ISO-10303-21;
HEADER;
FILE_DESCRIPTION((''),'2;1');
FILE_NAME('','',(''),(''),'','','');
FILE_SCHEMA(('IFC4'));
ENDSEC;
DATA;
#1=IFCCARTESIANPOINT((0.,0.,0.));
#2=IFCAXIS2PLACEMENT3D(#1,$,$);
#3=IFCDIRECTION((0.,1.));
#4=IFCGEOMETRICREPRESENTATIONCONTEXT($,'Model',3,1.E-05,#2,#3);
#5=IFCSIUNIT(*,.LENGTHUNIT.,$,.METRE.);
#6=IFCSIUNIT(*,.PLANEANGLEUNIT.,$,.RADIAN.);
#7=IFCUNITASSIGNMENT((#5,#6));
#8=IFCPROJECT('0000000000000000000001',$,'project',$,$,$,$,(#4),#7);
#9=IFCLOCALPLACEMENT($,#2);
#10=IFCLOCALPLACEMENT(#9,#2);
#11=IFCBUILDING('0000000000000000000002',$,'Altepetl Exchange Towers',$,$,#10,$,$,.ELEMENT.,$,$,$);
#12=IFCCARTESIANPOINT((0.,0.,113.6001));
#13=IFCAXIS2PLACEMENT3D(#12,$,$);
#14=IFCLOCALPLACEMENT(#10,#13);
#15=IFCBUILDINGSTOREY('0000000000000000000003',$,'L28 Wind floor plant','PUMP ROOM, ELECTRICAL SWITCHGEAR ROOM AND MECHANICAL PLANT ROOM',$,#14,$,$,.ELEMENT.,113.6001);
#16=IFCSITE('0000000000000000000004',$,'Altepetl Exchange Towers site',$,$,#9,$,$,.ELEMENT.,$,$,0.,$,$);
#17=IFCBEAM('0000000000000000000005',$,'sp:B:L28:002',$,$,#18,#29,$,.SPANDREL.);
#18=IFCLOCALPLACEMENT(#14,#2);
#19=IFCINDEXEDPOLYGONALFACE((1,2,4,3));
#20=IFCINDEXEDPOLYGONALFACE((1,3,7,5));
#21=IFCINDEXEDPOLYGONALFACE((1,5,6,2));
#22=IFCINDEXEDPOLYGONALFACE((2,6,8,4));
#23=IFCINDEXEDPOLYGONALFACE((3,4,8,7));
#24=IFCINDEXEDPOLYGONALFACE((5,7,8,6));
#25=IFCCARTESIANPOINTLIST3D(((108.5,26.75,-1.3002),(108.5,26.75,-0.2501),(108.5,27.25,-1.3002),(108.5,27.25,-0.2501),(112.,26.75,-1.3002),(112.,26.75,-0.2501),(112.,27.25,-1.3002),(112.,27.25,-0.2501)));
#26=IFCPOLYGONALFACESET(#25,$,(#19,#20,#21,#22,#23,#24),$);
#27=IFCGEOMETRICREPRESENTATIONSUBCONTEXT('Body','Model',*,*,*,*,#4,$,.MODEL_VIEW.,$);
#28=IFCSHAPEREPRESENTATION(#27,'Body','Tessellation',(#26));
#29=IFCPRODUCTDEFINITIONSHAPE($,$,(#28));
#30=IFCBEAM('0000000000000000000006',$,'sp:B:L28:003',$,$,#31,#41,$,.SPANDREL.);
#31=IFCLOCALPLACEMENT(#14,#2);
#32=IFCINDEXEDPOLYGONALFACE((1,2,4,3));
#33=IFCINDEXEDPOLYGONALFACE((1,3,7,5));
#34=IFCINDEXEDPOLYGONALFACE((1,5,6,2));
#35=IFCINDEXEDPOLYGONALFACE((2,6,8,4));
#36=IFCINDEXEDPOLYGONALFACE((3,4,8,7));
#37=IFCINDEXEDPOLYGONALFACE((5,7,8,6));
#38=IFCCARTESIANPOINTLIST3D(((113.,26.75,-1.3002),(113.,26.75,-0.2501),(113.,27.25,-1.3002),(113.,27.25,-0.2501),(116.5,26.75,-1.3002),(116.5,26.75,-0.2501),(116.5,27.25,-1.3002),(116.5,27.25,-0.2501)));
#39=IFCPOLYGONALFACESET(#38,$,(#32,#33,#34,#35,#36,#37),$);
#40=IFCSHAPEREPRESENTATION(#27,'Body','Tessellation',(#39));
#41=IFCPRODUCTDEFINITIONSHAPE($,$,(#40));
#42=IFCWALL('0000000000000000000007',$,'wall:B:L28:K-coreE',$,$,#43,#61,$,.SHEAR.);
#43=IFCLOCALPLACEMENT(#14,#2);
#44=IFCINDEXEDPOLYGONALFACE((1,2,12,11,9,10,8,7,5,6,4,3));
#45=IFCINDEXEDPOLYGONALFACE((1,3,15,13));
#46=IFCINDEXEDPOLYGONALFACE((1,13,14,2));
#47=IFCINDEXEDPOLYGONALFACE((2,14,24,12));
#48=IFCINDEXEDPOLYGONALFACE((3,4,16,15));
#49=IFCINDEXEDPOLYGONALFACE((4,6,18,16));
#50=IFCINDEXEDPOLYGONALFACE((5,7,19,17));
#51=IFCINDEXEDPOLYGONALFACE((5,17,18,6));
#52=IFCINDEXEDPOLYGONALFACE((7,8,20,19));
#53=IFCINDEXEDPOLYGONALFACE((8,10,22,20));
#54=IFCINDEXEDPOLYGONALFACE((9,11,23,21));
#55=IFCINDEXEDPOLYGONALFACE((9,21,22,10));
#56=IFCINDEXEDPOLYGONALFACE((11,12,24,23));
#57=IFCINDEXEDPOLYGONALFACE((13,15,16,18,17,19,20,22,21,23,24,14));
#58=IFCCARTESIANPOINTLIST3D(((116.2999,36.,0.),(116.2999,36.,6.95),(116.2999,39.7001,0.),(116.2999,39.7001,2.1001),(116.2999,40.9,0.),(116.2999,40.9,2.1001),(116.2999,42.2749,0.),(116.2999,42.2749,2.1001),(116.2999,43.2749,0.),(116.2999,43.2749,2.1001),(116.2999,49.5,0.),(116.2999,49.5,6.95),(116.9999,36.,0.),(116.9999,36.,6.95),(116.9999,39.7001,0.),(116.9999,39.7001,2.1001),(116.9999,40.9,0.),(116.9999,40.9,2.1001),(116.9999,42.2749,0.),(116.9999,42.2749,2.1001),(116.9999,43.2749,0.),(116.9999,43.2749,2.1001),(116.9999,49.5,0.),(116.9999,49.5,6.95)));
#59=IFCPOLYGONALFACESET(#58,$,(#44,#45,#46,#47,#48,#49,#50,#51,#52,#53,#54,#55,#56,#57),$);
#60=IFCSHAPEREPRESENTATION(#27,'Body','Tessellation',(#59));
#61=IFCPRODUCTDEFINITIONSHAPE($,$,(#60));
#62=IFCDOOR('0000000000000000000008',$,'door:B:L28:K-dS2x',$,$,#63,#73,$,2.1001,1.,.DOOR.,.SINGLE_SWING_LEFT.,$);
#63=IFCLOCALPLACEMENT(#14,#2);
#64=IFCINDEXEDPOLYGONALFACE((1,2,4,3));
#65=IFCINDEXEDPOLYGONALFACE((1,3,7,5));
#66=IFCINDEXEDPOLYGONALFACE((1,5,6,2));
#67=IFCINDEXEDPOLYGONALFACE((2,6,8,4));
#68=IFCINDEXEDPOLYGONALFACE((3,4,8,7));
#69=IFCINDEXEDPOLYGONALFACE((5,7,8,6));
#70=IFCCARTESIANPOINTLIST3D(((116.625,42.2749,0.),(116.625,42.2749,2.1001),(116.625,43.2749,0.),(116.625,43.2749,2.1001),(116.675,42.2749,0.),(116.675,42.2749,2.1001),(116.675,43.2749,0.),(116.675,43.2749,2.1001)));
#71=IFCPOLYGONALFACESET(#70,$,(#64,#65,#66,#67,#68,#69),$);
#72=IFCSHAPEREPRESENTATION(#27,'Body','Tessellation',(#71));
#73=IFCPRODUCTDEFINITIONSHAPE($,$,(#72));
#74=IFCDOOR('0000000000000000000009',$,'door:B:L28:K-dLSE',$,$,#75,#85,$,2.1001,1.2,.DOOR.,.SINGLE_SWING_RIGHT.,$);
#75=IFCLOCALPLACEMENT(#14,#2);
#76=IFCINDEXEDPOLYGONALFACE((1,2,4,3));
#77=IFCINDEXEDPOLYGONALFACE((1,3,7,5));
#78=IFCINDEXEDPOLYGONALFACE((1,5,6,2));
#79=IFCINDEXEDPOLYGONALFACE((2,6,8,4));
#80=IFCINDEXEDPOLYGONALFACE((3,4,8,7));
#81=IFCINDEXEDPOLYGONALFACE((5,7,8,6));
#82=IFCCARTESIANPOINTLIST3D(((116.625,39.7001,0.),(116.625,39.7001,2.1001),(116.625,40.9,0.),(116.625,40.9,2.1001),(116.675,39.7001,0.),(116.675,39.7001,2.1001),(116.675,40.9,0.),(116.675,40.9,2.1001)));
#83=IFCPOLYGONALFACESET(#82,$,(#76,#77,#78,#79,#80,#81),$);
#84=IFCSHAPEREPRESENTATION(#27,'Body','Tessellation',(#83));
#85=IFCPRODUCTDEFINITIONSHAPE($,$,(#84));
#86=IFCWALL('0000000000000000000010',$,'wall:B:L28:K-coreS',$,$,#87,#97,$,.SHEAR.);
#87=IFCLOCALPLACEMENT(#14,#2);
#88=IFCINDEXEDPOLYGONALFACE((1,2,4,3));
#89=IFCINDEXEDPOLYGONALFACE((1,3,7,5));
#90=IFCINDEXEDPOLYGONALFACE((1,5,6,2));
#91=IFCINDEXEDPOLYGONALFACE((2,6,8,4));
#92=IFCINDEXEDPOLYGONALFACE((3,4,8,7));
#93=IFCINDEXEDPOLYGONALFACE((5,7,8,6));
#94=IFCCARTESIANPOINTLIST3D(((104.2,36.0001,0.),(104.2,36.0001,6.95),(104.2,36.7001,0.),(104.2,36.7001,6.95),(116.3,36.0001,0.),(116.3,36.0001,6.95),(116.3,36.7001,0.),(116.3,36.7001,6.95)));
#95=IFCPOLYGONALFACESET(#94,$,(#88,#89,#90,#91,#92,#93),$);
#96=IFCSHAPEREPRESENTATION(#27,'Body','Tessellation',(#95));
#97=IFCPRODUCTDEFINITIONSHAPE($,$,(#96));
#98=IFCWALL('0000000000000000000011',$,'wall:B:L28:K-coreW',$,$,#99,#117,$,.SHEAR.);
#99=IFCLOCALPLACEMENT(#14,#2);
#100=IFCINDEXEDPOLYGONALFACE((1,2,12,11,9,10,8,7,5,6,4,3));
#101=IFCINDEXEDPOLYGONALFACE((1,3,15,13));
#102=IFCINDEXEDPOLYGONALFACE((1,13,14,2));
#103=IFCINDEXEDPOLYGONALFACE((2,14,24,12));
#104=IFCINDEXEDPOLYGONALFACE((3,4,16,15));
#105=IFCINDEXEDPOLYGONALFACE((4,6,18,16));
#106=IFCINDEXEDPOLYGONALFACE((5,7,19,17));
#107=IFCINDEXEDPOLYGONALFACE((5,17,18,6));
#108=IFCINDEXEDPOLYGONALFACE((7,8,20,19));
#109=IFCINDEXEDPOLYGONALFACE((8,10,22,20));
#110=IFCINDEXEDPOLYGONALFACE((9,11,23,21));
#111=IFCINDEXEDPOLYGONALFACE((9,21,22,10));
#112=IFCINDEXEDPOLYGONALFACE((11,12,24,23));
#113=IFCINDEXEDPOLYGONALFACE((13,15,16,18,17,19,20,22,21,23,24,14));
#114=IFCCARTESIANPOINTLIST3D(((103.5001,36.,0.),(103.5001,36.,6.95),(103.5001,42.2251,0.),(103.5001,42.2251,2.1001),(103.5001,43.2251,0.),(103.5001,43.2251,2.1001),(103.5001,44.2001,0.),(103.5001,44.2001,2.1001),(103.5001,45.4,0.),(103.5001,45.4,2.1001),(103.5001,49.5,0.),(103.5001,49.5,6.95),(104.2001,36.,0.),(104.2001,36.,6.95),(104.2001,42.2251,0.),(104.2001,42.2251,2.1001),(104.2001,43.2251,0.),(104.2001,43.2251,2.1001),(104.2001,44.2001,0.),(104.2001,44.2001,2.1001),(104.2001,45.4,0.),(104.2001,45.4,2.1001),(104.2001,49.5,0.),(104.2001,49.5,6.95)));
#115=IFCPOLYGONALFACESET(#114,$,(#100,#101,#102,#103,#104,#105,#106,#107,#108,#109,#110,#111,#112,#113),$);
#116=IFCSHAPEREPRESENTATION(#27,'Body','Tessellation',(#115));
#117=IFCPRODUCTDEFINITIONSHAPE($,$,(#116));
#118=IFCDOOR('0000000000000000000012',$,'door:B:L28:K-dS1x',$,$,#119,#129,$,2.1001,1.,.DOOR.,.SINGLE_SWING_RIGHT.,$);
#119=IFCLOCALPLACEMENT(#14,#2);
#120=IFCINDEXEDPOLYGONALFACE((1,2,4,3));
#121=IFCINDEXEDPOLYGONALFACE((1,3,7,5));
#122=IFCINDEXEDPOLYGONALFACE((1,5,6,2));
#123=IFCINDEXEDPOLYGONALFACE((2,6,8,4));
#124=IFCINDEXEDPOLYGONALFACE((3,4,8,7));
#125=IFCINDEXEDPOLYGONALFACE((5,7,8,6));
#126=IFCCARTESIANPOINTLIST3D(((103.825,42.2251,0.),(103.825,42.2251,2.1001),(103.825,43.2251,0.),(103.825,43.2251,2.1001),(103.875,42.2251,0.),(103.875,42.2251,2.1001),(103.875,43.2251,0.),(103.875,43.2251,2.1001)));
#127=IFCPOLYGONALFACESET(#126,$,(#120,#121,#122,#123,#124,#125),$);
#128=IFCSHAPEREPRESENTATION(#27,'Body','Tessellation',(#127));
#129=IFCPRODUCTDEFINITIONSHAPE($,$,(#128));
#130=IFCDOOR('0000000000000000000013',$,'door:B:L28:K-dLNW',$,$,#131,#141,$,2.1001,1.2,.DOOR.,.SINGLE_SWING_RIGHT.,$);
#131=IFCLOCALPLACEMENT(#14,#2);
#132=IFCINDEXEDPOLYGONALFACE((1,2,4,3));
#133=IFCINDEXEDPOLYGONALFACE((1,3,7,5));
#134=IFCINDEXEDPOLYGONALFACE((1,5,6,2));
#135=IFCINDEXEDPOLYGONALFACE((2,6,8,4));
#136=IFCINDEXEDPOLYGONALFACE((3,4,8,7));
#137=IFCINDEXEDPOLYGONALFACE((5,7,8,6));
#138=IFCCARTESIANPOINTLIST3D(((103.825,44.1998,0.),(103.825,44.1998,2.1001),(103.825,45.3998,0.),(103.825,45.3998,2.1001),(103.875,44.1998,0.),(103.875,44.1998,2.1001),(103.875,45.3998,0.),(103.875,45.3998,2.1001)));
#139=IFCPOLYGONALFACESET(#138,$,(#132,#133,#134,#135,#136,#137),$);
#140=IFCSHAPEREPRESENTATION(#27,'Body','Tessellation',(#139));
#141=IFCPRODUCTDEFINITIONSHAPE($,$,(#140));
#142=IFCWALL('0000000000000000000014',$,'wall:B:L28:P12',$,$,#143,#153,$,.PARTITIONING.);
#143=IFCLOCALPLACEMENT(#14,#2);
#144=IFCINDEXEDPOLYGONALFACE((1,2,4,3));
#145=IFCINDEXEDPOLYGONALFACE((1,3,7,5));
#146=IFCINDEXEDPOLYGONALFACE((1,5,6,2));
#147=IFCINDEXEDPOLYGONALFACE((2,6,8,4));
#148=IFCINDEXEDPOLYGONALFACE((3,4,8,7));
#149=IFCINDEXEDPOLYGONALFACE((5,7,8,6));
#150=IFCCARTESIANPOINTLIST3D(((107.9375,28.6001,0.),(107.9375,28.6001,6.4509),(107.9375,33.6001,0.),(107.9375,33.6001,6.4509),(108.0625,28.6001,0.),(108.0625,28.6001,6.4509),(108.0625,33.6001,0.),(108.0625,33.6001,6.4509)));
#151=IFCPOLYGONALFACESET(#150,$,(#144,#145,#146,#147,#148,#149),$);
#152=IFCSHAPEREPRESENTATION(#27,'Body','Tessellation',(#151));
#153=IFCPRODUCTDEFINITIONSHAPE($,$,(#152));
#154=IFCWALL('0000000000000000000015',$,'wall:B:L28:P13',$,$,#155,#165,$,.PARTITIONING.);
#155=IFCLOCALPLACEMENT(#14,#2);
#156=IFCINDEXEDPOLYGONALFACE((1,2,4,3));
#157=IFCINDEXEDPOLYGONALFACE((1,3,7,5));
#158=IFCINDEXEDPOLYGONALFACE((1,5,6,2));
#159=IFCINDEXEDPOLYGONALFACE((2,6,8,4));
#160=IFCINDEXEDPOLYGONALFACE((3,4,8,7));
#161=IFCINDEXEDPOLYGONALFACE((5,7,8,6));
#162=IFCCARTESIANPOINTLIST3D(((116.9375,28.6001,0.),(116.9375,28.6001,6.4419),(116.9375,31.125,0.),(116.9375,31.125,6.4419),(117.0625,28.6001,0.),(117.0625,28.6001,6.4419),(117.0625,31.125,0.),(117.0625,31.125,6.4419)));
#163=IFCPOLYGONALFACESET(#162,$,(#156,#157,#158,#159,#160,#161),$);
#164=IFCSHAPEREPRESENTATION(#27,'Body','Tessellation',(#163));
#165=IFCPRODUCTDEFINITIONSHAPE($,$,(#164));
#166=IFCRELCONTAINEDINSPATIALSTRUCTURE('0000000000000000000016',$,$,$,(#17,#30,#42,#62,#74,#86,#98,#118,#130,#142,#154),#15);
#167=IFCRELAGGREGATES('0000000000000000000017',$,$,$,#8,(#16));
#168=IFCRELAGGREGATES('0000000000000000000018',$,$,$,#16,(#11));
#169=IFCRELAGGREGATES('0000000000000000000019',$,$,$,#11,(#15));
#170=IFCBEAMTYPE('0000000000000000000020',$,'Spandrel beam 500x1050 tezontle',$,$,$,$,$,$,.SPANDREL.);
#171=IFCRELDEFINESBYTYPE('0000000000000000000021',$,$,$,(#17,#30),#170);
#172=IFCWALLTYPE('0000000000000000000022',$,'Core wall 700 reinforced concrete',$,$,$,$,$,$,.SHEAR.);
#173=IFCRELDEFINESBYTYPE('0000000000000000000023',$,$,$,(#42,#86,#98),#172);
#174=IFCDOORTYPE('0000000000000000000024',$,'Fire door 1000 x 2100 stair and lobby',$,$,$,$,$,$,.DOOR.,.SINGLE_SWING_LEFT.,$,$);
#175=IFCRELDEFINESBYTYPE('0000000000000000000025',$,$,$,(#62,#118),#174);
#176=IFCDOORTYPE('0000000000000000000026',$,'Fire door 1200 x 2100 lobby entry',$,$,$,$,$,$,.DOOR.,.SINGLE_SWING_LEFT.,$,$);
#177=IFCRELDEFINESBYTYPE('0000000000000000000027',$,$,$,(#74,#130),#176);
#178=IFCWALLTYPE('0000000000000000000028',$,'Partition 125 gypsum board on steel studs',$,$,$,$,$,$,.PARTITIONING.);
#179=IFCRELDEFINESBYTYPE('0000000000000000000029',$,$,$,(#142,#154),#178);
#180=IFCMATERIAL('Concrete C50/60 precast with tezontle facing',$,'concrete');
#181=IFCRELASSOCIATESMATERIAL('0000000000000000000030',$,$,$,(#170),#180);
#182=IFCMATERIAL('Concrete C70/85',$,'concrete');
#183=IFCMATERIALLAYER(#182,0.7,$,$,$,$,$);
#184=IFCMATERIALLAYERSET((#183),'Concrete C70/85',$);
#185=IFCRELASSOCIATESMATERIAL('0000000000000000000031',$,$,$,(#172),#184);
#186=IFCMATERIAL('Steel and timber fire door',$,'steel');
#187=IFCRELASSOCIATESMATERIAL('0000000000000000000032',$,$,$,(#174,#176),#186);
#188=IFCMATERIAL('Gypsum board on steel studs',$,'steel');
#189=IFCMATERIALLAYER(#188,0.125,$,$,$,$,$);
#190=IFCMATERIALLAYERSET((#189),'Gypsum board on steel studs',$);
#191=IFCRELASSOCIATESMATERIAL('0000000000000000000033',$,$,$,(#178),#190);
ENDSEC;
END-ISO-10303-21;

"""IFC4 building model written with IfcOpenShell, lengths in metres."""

from ifc_helpers import new_model, si_unit, direction, frame, frame_2d, origin, origin_2d, place, context, subcontext, project, spatial, rectangle, extrude, material, layer, layer_set, material_profile, profile_set, type_object, element, fill, save


model = new_model("IFC4")

# Units and contexts
model_context = context("Model", 3, precision=1e-05, world=origin(), true_north=direction((0.0, 1.0)))
body_context = subcontext(model_context, "Body", "Model", "MODEL_VIEW")
ifc_project = project(units=[si_unit("LENGTHUNIT", "METRE"), si_unit("PLANEANGLEUNIT", "RADIAN")], contexts=[model_context])

# Site, building, storey
site_placement = place(None, origin())
site = spatial("IfcSite", under=ifc_project, at=site_placement, Name="Altepetl Exchange Towers site", CompositionType="ELEMENT", RefElevation=0.0)
building_placement = place(site_placement, origin())
building = spatial("IfcBuilding", under=site, at=building_placement, Name="Altepetl Exchange Towers", CompositionType="ELEMENT")
storey_placement = place(building_placement, frame((0.0, 0.0, 113.6001)))
storey = spatial("IfcBuildingStorey", under=building, at=storey_placement, Name="L28 Wind floor plant", Description="PUMP ROOM, ELECTRICAL SWITCHGEAR ROOM AND MECHANICAL PLANT ROOM", CompositionType="ELEMENT", Elevation=113.6001)

# Shared definitions
ifc_material_1 = material(Name="Concrete C70/85", Category="concrete")

# Beams
ifc_material_2 = material(Name="Concrete C50/60 precast with tezontle facing", Category="concrete")
ifc_material_profile_1 = material_profile(ifc_material_2, rectangle(XDim=0.5, YDim=1.05, at=origin_2d()), Name="500 x 1050")
ifc_profile_set_1 = profile_set([ifc_material_profile_1], Name="Concrete C50/60 precast with tezontle facing")
beam_type_1 = type_object("IfcBeamType", Name="Spandrel beam 500x1050 tezontle", PredefinedType="SPANDREL", material=ifc_profile_set_1)
for number, where, z_axis, x_axis, name in (
    (1, (108.5, 27.0, -0.7751), (1.0, 0.0, 0.0), (0.0, 1.0, 0.0), "sp:B:L28:002"),
    (2, (113.0, 27.0, -0.7751), (1.0, 0.0, 0.0), (0.0, 1.0, 0.0), "sp:B:L28:003"),
):
    element("IfcBeam", number, at=place(storey_placement, frame(where, z_axis=z_axis, x_axis=x_axis)), inside=storey, type_object=beam_type_1, Name=name, PredefinedType="SPANDREL", context=body_context, shape_type="SweptSolid", body=[
        extrude(rectangle(XDim=0.5, YDim=1.05, at=origin_2d()), origin(), (0.0, 0.0, 1.0), 3.5),
    ])

# Wall, openings, doors
ifc_layer_1 = layer(ifc_material_1, 0.7)
ifc_layer_set_1 = layer_set([ifc_layer_1], Name="Concrete C70/85")
wall_type_1 = type_object("IfcWallType", Name="Core wall 700 reinforced concrete", PredefinedType="SHEAR", material=ifc_layer_set_1)
wall_1_placement = place(storey_placement, frame((116.6499, 36.0, 0.0), z_axis=(0.0, 0.0, 1.0), x_axis=(0.0, 1.0, 0.0)))
wall_1 = element("IfcWall", 3, at=wall_1_placement, inside=storey, type_object=wall_type_1, Name="wall:B:L28:K-coreE", PredefinedType="SHEAR", context=body_context, shape_type="SweptSolid", body=[
    extrude(rectangle(XDim=13.5, YDim=0.7, at=frame_2d((6.75, 0.0))), origin(), (0.0, 0.0, 1.0), 6.95),
])
opening_1_placement = place(wall_1_placement, frame((3.7, 0.0, 0.0)))
opening_1 = element("IfcOpeningElement", 4, at=opening_1_placement, cuts=wall_1, PredefinedType="OPENING", context=body_context, shape_type="SweptSolid", body=[
    extrude(rectangle(XDim=1.2, YDim=2.1001, at=frame_2d((0.6001, 1.05))), frame((0.0, 0.3599, 0.0), z_axis=(0.0, -1.0, 0.0), x_axis=(1.0, 0.0, 0.0)), (0.0, 0.0, 1.0), 0.72),
])
opening_2_placement = place(wall_1_placement, frame((6.2749, 0.0, 0.0)))
opening_2 = element("IfcOpeningElement", 5, at=opening_2_placement, cuts=wall_1, PredefinedType="OPENING", context=body_context, shape_type="SweptSolid", body=[
    extrude(rectangle(XDim=1.0, YDim=2.1001, at=frame_2d((0.5, 1.05))), frame((0.0, 0.3599, 0.0), z_axis=(0.0, -1.0, 0.0), x_axis=(1.0, 0.0, 0.0)), (0.0, 0.0, 1.0), 0.72),
])
ifc_material_3 = material(Name="Steel and timber fire door", Category="steel")
door_type_1 = type_object("IfcDoorType", Name="Fire door 1000 x 2100 stair and lobby", OperationType="SINGLE_SWING_LEFT", PredefinedType="DOOR", material=ifc_material_3)
door_1_placement = place(opening_2_placement, origin())
door_1 = element("IfcDoor", 6, at=door_1_placement, inside=storey, type_object=door_type_1, Name="door:B:L28:K-dS2x", OperationType="SINGLE_SWING_LEFT", OverallHeight=2.1001, OverallWidth=1.0, PredefinedType="DOOR", context=body_context, shape_type="SweptSolid", body=[
    extrude(rectangle(XDim=1.0, YDim=2.1001, at=frame_2d((0.5, 1.05))), frame((0.0, 0.0249, 0.0), z_axis=(0.0, -1.0, 0.0), x_axis=(1.0, 0.0, 0.0)), (0.0, 0.0, 1.0), 0.05),
])
fill(opening_2, door_1)
door_type_2 = type_object("IfcDoorType", Name="Fire door 1200 x 2100 lobby entry", OperationType="SINGLE_SWING_LEFT", PredefinedType="DOOR", material=ifc_material_3)
door_2_placement = place(opening_1_placement, origin())
door_2 = element("IfcDoor", 7, at=door_2_placement, inside=storey, type_object=door_type_2, Name="door:B:L28:K-dLSE", OperationType="SINGLE_SWING_RIGHT", OverallHeight=2.1001, OverallWidth=1.2, PredefinedType="DOOR", context=body_context, shape_type="SweptSolid", body=[
    extrude(rectangle(XDim=1.2, YDim=2.1001, at=frame_2d((0.6001, 1.05))), frame((0.0, 0.0249, 0.0), z_axis=(0.0, -1.0, 0.0), x_axis=(1.0, 0.0, 0.0)), (0.0, 0.0, 1.0), 0.05),
])
fill(opening_1, door_2)

# Wall
wall_2_placement = place(storey_placement, frame((104.2, 36.3501, 0.0)))
element("IfcWall", 8, at=wall_2_placement, inside=storey, type_object=wall_type_1, Name="wall:B:L28:K-coreS", PredefinedType="SHEAR", context=body_context, shape_type="SweptSolid", body=[
    extrude(rectangle(XDim=12.1001, YDim=0.7, at=frame_2d((6.05, 0.0))), origin(), (0.0, 0.0, 1.0), 6.95),
])

# Wall, openings, doors
wall_3_placement = place(storey_placement, frame((103.8501, 36.0, 0.0), z_axis=(0.0, 0.0, 1.0), x_axis=(0.0, 1.0, 0.0)))
wall_3 = element("IfcWall", 9, at=wall_3_placement, inside=storey, type_object=wall_type_1, Name="wall:B:L28:K-coreW", PredefinedType="SHEAR", context=body_context, shape_type="SweptSolid", body=[
    extrude(rectangle(XDim=13.5, YDim=0.7, at=frame_2d((6.75, 0.0))), origin(), (0.0, 0.0, 1.0), 6.95),
])
opening_3_placement = place(wall_3_placement, frame((8.2, 0.0, 0.0)))
opening_3 = element("IfcOpeningElement", 10, at=opening_3_placement, cuts=wall_3, PredefinedType="OPENING", context=body_context, shape_type="SweptSolid", body=[
    extrude(rectangle(XDim=1.2, YDim=2.1001, at=frame_2d((0.6001, 1.05))), frame((0.0, 0.3599, 0.0), z_axis=(0.0, -1.0, 0.0), x_axis=(1.0, 0.0, 0.0)), (0.0, 0.0, 1.0), 0.72),
])
opening_4_placement = place(wall_3_placement, frame((6.2251, 0.0, 0.0)))
opening_4 = element("IfcOpeningElement", 11, at=opening_4_placement, cuts=wall_3, PredefinedType="OPENING", context=body_context, shape_type="SweptSolid", body=[
    extrude(rectangle(XDim=1.0, YDim=2.1001, at=frame_2d((0.5, 1.05))), frame((0.0, 0.3599, 0.0), z_axis=(0.0, -1.0, 0.0), x_axis=(1.0, 0.0, 0.0)), (0.0, 0.0, 1.0), 0.72),
])
door_3_placement = place(opening_4_placement, frame((1.0, 0.0, 0.0), x_axis=(-1.0, 0.0, 0.0)))
door_3 = element("IfcDoor", 12, at=door_3_placement, inside=storey, type_object=door_type_1, Name="door:B:L28:K-dS1x", OperationType="SINGLE_SWING_RIGHT", OverallHeight=2.1001, OverallWidth=1.0, PredefinedType="DOOR", context=body_context, shape_type="SweptSolid", body=[
    extrude(rectangle(XDim=1.0, YDim=2.1001, at=frame_2d((0.5, 1.05))), frame((0.0, 0.0249, 0.0), z_axis=(0.0, -1.0, 0.0), x_axis=(1.0, 0.0, 0.0)), (0.0, 0.0, 1.0), 0.05),
])
fill(opening_4, door_3)
door_4_placement = place(opening_3_placement, frame((1.2, 0.0, 0.0), x_axis=(-1.0, 0.0, 0.0)))
door_4 = element("IfcDoor", 13, at=door_4_placement, inside=storey, type_object=door_type_2, Name="door:B:L28:K-dLNW", OperationType="SINGLE_SWING_RIGHT", OverallHeight=2.1001, OverallWidth=1.2, PredefinedType="DOOR", context=body_context, shape_type="SweptSolid", body=[
    extrude(rectangle(XDim=1.2, YDim=2.1001, at=frame_2d((0.6001, 1.05))), frame((0.0, 0.0249, 0.0), z_axis=(0.0, -1.0, 0.0), x_axis=(1.0, 0.0, 0.0)), (0.0, 0.0, 1.0), 0.05),
])
fill(opening_3, door_4)

# Walls
ifc_material_4 = material(Name="Gypsum board on steel studs", Category="steel")
ifc_layer_2 = layer(ifc_material_4, 0.125)
ifc_layer_set_2 = layer_set([ifc_layer_2], Name="Gypsum board on steel studs")
wall_type_2 = type_object("IfcWallType", Name="Partition 125 gypsum board on steel studs", PredefinedType="PARTITIONING", material=ifc_layer_set_2)
wall_4_placement = place(storey_placement, frame((108.0, 28.6001, 0.0), z_axis=(0.0, 0.0, 1.0), x_axis=(0.0, 1.0, 0.0)))
element("IfcWall", 14, at=wall_4_placement, inside=storey, type_object=wall_type_2, Name="wall:B:L28:P12", PredefinedType="PARTITIONING", context=body_context, shape_type="SweptSolid", body=[
    extrude(rectangle(XDim=5.0, YDim=0.125, at=frame_2d((2.5, 0.0))), origin(), (0.0, 0.0, 1.0), 6.4509),
])
wall_5_placement = place(storey_placement, frame((117.0, 28.6001, 0.0), z_axis=(0.0, 0.0, 1.0), x_axis=(0.0, 1.0, 0.0)))
element("IfcWall", 15, at=wall_5_placement, inside=storey, type_object=wall_type_2, Name="wall:B:L28:P13", PredefinedType="PARTITIONING", context=body_context, shape_type="SweptSolid", body=[
    extrude(rectangle(XDim=2.5249, YDim=0.125, at=frame_2d((1.2625, 0.0))), origin(), (0.0, 0.0, 1.0), 6.4419),
])

save(model, "model.ifc")
